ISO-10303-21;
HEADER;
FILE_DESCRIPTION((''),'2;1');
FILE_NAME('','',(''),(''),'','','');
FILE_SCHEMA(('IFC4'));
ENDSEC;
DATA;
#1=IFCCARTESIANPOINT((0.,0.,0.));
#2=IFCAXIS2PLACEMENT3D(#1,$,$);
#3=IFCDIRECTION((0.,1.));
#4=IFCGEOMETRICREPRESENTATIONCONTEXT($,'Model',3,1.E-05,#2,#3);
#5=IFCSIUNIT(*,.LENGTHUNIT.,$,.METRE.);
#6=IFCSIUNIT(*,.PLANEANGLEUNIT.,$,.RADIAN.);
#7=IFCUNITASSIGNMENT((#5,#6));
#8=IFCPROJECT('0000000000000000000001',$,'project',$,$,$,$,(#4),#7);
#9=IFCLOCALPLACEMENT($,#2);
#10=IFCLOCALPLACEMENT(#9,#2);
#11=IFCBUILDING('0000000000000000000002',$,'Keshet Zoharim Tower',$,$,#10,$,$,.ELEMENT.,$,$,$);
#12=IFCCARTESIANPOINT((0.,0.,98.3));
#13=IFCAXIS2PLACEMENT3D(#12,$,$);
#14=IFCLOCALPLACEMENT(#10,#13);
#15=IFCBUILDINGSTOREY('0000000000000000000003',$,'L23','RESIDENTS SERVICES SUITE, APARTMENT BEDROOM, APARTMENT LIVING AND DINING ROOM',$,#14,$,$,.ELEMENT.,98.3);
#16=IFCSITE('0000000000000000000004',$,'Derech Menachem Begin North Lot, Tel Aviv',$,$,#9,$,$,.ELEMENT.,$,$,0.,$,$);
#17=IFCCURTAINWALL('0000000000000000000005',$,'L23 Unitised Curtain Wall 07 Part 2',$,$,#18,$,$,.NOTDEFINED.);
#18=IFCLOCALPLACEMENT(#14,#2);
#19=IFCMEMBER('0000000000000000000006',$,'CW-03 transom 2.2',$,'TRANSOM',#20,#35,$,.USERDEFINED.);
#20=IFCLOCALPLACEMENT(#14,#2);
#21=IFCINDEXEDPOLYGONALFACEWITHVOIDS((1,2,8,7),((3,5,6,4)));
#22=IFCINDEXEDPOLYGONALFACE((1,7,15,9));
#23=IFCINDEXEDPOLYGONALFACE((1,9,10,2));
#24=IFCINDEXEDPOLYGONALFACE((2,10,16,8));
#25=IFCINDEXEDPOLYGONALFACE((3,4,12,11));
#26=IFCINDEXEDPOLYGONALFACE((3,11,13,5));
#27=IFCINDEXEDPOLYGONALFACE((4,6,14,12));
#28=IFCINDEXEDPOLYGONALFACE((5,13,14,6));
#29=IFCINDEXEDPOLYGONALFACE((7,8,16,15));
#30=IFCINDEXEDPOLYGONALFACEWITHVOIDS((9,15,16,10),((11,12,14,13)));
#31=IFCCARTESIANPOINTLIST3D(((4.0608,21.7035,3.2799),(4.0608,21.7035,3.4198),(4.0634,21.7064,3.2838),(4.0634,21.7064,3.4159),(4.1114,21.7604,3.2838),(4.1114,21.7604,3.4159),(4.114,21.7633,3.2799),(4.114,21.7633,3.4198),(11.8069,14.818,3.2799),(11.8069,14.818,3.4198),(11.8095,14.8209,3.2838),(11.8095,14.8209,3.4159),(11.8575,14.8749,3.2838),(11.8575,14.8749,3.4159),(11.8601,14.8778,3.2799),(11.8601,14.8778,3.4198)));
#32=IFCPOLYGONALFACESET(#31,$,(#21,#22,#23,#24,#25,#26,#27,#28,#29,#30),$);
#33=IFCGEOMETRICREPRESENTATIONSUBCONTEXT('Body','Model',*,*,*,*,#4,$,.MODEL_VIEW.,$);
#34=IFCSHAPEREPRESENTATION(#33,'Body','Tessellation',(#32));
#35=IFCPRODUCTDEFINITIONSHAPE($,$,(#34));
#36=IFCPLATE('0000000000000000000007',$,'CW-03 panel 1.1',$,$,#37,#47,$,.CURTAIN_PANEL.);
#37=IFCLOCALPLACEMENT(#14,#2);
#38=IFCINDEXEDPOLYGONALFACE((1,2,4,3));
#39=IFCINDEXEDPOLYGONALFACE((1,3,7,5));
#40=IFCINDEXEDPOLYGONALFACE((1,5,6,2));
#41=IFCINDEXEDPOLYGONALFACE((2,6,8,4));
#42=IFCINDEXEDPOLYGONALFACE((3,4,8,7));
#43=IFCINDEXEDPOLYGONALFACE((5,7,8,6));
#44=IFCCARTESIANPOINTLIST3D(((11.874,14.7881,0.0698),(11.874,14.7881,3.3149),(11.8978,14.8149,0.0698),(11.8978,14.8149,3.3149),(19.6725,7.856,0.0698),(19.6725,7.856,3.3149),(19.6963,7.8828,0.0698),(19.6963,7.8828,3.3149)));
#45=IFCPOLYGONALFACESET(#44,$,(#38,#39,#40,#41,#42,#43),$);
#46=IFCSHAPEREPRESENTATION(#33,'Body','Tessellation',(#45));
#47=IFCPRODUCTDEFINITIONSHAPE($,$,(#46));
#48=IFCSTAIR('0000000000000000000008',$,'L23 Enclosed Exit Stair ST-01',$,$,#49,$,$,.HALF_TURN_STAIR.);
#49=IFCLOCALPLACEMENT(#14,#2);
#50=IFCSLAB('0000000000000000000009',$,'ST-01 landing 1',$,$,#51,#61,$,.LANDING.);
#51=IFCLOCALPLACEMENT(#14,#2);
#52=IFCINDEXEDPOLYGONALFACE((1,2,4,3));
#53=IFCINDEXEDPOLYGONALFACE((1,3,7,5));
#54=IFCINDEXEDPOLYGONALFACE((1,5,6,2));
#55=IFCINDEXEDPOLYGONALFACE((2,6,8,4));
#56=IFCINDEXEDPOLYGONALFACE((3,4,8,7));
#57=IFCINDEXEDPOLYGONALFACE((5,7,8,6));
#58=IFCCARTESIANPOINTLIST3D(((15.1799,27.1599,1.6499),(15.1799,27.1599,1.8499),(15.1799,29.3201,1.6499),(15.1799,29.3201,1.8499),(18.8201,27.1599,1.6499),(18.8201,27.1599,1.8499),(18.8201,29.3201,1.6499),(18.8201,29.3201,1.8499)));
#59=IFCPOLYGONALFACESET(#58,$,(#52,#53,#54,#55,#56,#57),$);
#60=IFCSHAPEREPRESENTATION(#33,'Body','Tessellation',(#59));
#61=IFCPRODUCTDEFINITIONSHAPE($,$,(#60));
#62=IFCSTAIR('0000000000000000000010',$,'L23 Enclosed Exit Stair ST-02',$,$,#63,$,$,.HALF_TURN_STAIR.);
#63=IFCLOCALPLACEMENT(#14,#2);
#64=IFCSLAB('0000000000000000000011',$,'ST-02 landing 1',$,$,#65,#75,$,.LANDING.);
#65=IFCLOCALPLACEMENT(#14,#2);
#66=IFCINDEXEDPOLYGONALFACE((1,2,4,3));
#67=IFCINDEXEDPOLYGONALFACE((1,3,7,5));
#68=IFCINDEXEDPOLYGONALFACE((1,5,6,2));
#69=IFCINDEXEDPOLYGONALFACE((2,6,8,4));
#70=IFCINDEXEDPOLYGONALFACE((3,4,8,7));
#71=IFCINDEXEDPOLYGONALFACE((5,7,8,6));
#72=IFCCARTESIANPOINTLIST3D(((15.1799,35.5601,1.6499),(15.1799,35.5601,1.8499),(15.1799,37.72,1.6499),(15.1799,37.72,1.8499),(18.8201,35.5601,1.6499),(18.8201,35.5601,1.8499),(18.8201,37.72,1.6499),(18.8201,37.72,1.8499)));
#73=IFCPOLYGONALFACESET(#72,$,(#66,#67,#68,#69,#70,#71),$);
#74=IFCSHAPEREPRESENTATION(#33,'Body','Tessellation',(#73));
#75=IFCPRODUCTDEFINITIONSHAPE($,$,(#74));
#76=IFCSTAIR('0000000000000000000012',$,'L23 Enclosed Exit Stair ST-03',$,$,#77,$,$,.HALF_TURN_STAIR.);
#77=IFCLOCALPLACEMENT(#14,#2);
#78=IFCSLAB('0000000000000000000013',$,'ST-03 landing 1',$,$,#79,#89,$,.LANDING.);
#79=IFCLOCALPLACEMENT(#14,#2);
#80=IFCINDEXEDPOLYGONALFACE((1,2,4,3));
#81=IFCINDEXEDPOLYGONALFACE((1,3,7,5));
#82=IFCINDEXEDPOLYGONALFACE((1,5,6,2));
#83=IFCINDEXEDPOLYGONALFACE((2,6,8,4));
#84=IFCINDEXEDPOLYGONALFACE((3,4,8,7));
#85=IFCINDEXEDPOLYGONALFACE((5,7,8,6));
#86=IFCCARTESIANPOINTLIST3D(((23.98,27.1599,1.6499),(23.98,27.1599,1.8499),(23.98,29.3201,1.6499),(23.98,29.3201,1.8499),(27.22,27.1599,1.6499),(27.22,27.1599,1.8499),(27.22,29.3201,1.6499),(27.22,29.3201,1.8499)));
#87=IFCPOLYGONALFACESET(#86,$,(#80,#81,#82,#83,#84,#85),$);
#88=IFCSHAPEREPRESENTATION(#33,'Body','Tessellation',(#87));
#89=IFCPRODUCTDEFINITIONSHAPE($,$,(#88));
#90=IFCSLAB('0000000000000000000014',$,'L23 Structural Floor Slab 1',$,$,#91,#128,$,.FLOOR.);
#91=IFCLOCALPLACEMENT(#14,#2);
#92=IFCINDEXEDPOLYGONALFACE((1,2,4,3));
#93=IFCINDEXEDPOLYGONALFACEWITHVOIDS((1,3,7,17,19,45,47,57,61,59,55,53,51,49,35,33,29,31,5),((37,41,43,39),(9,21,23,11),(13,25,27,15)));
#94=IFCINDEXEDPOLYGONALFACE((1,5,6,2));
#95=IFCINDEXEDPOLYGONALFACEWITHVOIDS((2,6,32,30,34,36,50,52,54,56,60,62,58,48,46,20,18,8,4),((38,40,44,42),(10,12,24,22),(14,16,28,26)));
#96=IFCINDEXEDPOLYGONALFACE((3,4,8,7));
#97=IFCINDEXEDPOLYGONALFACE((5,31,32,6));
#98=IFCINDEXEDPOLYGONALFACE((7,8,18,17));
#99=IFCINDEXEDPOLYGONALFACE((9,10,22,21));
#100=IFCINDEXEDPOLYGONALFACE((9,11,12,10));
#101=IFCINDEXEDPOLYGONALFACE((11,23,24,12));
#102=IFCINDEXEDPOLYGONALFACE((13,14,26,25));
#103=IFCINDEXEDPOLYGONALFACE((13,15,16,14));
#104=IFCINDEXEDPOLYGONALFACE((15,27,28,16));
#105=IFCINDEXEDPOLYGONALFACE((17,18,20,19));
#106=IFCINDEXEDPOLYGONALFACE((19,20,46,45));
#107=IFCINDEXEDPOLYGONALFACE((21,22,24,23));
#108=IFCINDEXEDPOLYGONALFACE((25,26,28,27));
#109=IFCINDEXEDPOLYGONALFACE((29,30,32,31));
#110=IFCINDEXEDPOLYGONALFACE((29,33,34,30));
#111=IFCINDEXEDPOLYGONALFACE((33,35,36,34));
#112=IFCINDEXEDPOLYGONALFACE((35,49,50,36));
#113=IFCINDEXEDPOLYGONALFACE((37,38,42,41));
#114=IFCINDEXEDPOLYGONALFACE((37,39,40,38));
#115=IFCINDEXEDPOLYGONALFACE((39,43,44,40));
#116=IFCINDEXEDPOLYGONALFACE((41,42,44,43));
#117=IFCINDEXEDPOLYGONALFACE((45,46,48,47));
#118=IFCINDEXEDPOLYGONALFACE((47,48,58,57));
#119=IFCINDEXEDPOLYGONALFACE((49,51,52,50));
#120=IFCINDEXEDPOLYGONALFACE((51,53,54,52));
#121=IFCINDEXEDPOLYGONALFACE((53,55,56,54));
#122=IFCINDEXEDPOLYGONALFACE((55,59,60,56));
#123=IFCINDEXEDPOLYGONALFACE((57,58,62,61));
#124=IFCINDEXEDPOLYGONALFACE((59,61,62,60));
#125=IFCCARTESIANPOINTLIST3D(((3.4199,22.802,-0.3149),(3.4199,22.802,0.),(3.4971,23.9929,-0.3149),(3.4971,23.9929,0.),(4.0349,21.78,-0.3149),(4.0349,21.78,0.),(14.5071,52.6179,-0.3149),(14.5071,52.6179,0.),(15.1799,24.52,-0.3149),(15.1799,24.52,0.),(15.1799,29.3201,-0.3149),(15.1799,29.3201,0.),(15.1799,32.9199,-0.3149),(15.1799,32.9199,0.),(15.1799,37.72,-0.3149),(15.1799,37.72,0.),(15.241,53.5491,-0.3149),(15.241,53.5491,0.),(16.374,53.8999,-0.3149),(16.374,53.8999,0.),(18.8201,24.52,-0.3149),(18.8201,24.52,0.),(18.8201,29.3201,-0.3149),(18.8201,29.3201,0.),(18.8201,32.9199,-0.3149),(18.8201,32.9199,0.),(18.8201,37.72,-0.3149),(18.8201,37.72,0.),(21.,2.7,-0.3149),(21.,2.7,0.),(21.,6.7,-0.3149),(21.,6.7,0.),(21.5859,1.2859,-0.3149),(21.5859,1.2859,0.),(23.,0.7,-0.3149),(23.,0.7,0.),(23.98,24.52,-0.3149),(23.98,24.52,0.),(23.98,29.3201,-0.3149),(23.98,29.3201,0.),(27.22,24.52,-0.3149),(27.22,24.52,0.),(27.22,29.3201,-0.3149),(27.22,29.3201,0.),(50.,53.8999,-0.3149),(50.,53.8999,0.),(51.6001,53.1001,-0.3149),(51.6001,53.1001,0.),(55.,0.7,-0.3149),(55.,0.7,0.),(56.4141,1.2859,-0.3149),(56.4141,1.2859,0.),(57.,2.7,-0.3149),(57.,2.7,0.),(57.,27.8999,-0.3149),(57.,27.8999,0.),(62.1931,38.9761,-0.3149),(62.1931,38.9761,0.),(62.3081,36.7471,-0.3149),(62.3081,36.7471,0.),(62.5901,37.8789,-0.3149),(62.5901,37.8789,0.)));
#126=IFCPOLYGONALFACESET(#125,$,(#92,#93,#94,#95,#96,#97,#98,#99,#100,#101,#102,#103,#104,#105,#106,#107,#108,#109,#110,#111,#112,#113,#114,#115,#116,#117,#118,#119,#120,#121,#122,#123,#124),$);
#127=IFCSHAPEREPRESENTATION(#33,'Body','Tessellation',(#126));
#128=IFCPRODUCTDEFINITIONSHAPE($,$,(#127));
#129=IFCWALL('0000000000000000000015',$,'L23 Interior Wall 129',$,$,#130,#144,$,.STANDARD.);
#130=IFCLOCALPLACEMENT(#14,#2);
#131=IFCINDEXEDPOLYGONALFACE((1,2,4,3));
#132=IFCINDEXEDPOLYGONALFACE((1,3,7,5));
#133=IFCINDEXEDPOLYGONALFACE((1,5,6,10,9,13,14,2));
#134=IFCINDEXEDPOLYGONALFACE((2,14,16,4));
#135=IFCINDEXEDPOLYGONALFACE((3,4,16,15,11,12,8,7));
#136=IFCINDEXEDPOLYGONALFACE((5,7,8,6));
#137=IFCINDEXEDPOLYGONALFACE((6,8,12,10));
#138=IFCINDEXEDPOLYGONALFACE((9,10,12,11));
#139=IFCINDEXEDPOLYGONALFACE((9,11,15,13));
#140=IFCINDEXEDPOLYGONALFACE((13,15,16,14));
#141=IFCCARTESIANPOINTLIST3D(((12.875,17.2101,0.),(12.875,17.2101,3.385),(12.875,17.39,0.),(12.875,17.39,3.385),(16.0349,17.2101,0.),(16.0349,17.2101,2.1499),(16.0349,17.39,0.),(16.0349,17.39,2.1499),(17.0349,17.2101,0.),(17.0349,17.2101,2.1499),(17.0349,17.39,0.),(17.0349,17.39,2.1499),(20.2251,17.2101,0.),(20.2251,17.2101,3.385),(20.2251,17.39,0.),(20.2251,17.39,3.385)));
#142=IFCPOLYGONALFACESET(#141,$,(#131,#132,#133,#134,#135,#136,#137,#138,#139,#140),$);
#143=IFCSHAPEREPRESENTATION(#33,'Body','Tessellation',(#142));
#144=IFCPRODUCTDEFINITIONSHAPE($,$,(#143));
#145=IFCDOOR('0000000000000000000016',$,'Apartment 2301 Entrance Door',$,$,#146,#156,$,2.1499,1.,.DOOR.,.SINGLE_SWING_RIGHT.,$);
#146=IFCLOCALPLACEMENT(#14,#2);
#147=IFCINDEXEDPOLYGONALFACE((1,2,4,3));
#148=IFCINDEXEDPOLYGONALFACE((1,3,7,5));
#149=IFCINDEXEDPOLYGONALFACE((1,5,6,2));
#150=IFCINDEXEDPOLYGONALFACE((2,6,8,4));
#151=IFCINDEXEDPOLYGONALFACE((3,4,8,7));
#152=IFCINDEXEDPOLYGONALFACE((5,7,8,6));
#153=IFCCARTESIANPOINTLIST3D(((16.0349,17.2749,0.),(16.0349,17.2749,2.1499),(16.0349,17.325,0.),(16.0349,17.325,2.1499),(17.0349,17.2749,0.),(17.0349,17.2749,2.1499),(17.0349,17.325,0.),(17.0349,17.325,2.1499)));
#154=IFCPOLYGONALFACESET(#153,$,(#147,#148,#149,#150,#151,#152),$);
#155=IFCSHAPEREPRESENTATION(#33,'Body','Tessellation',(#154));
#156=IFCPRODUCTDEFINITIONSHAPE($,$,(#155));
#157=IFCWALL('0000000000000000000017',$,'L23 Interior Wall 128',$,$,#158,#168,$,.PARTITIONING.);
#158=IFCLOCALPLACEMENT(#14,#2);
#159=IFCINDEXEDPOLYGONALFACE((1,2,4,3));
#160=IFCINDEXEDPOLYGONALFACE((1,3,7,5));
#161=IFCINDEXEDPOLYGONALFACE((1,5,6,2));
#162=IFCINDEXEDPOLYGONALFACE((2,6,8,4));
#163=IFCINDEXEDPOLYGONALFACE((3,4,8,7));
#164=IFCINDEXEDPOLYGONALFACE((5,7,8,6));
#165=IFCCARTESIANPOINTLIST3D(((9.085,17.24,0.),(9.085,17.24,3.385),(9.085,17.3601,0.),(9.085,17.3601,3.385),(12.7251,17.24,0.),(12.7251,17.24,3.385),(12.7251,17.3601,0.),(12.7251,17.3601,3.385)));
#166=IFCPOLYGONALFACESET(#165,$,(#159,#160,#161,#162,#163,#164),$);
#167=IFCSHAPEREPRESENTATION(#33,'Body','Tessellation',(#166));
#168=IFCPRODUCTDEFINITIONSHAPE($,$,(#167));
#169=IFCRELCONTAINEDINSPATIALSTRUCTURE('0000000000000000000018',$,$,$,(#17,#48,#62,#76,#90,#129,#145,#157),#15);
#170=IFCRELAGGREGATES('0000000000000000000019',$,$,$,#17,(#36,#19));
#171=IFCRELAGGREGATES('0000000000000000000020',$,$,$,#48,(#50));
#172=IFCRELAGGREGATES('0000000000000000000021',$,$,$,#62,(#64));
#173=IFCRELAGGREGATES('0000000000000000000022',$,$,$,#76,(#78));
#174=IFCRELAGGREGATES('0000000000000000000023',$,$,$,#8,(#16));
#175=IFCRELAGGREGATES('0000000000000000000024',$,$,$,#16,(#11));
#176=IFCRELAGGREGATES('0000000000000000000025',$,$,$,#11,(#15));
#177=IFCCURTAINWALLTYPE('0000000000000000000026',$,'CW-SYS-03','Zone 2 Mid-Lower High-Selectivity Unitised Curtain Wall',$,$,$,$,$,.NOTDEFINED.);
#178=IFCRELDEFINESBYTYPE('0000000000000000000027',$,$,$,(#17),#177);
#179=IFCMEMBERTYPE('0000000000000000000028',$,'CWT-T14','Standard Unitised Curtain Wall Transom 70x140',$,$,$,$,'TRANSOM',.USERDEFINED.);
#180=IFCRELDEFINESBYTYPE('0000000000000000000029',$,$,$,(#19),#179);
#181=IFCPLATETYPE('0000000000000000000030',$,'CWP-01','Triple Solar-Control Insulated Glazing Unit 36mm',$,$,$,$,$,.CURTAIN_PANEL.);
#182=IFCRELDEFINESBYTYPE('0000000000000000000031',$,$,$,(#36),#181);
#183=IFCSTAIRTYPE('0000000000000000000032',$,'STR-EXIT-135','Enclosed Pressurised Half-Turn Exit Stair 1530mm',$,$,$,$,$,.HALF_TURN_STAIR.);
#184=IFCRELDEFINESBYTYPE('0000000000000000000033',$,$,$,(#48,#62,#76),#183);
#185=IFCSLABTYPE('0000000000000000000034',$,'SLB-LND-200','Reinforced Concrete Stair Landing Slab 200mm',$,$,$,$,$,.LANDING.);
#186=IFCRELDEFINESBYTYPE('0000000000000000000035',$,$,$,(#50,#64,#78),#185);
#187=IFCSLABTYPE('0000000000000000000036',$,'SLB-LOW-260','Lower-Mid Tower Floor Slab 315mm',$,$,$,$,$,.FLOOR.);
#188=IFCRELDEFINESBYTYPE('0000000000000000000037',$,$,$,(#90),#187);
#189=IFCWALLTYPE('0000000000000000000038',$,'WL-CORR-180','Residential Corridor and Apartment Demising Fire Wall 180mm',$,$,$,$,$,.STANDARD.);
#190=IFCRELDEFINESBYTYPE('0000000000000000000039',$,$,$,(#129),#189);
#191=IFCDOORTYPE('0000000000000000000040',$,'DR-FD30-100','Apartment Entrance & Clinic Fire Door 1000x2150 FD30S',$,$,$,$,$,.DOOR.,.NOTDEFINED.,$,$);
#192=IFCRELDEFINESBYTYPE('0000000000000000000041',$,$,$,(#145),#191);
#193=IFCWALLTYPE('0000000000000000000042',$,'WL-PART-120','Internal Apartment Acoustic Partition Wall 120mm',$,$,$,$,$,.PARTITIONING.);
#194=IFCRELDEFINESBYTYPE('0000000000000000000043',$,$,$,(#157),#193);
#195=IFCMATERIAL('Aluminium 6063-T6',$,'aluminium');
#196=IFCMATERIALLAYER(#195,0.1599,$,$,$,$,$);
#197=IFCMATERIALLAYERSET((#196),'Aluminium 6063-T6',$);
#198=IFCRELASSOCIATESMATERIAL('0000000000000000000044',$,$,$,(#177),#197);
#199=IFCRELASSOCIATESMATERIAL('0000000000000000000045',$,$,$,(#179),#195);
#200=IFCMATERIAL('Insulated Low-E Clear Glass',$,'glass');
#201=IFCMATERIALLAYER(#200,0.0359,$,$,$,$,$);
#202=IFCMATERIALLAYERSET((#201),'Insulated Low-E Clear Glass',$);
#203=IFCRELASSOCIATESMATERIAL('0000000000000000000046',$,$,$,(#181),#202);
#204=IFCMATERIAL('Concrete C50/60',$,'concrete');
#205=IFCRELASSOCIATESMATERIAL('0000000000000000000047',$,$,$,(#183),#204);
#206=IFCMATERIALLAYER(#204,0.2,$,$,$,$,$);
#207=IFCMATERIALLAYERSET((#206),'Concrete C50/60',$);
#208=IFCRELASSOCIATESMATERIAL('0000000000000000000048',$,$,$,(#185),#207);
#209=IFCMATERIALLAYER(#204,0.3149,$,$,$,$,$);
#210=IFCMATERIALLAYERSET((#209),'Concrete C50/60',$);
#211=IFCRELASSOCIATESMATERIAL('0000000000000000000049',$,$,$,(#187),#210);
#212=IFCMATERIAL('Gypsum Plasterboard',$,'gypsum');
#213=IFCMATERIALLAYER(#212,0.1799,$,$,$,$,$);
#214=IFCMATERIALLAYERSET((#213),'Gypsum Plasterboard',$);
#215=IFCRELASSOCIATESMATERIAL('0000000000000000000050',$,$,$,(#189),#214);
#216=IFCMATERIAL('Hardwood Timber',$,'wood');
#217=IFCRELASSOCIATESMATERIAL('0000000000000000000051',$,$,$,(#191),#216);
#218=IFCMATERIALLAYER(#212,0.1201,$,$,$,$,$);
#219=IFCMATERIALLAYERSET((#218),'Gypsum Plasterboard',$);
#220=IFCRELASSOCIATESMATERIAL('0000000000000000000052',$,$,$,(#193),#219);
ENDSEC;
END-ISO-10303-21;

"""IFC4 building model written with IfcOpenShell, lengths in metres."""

from ifc_helpers import new_model, si_unit, direction, frame, frame_2d, origin, origin_2d, place, context, subcontext, project, spatial, polyline, rectangle, hollow_rectangle, outline, extrude, material, layer, layer_set, material_profile, profile_set, type_object, element, fill, aggregate, save


model = new_model("IFC4")

# Units and contexts
model_context = context("Model", 3, precision=1e-05, world=origin(), true_north=direction((0.0, 1.0)))
body_context = subcontext(model_context, "Body", "Model", "MODEL_VIEW")
ifc_project = project(units=[si_unit("LENGTHUNIT", "METRE"), si_unit("PLANEANGLEUNIT", "RADIAN")], contexts=[model_context])

# Site, building, storey
site_placement = place(None, origin())
site = spatial("IfcSite", under=ifc_project, at=site_placement, Name="Derech Menachem Begin North Lot, Tel Aviv", CompositionType="ELEMENT", RefElevation=0.0)
building_placement = place(site_placement, origin())
building = spatial("IfcBuilding", under=site, at=building_placement, Name="Keshet Zoharim Tower", CompositionType="ELEMENT")
storey_placement = place(building_placement, frame((0.0, 0.0, 98.3)))
storey = spatial("IfcBuildingStorey", under=building, at=storey_placement, Name="L23", Description="RESIDENTS SERVICES SUITE, APARTMENT BEDROOM, APARTMENT LIVING AND DINING ROOM", CompositionType="ELEMENT", Elevation=98.3)

# Curtain wall, member, plate
ifc_material_1 = material(Name="Aluminium 6063-T6", Category="aluminium")
ifc_layer_1 = layer(ifc_material_1, 0.1599)
ifc_layer_set_1 = layer_set([ifc_layer_1], Name="Aluminium 6063-T6")
curtain_wall_type = type_object("IfcCurtainWallType", Name="CW-SYS-03", Description="Zone 2 Mid-Lower High-Selectivity Unitised Curtain Wall", PredefinedType="NOTDEFINED", material=ifc_layer_set_1)
curtain_wall_placement = place(storey_placement, origin())
curtain_wall = element("IfcCurtainWall", 1, at=curtain_wall_placement, inside=storey, type_object=curtain_wall_type, Name="L23 Unitised Curtain Wall 07 Part 2", PredefinedType="NOTDEFINED")
ifc_material_profile_1 = material_profile(ifc_material_1, hollow_rectangle(XDim=0.0801, YDim=0.1399, WallThickness=0.0039, at=origin_2d()), Name="TRN-80x140")
ifc_profile_set_1 = profile_set([ifc_material_profile_1], Name="Aluminium 6063-T6")
member_type_1 = type_object("IfcMemberType", Name="CWT-T14", Description="Standard Unitised Curtain Wall Transom 70x140", ElementType="TRANSOM", PredefinedType="USERDEFINED", material=ifc_profile_set_1)
member_1_placement = place(storey_placement, frame((11.8335, 14.8479, 3.3499), z_axis=(-0.747405, 0.664368, 0.0), x_axis=(-0.664368, -0.747405, 0.0)))
member_1 = element("IfcMember", 2, at=member_1_placement, type_object=member_type_1, Name="CW-03 transom 2.2", ObjectType="TRANSOM", PredefinedType="USERDEFINED", context=body_context, shape_type="SweptSolid", body=[
    extrude(hollow_rectangle(XDim=0.0801, YDim=0.1399, WallThickness=0.0039, at=origin_2d()), origin(), (0.0, 0.0, 1.0), 10.364),
])
ifc_material_2 = material(Name="Insulated Low-E Clear Glass", Category="glass")
ifc_layer_2 = layer(ifc_material_2, 0.0359)
ifc_layer_set_2 = layer_set([ifc_layer_2], Name="Insulated Low-E Clear Glass")
plate_type = type_object("IfcPlateType", Name="CWP-01", Description="Triple Solar-Control Insulated Glazing Unit 36mm", PredefinedType="CURTAIN_PANEL", material=ifc_layer_set_2)
plate_placement = place(storey_placement, frame((15.7852, 11.3354, 0.0698), z_axis=(0.0, 0.0, 1.0), x_axis=(-0.747409, 0.664364, 0.0)))
plate = element("IfcPlate", 3, at=plate_placement, type_object=plate_type, Name="CW-03 panel 1.1", PredefinedType="CURTAIN_PANEL", context=body_context, shape_type="SweptSolid", body=[
    extrude(rectangle(XDim=10.4341, YDim=0.0359, at=origin_2d()), origin(), (0.0, 0.0, 1.0), 3.2451),
])
aggregate(curtain_wall, [plate, member_1])

# Stairs, slabs
ifc_material_3 = material(Name="Concrete C50/60", Category="concrete")
stair_type = type_object("IfcStairType", Name="STR-EXIT-135", Description="Enclosed Pressurised Half-Turn Exit Stair 1530mm", PredefinedType="HALF_TURN_STAIR", material=ifc_material_3)
stair_1_placement = place(storey_placement, origin())
stair_1 = element("IfcStair", 4, at=stair_1_placement, inside=storey, type_object=stair_type, Name="L23 Enclosed Exit Stair ST-01", PredefinedType="HALF_TURN_STAIR")
ifc_layer_3 = layer(ifc_material_3, 0.2)
ifc_layer_set_3 = layer_set([ifc_layer_3], Name="Concrete C50/60")
slab_type_1 = type_object("IfcSlabType", Name="SLB-LND-200", Description="Reinforced Concrete Stair Landing Slab 200mm", PredefinedType="LANDING", material=ifc_layer_set_3)
slab_1_placement = place(storey_placement, frame((0.0, 0.0, 1.6499)))
slab_1 = element("IfcSlab", 5, at=slab_1_placement, type_object=slab_type_1, Name="ST-01 landing 1", PredefinedType="LANDING", context=body_context, shape_type="SweptSolid", body=[
    extrude(outline(polyline([(15.1799, 27.1599), (18.8201, 27.1599), (18.8201, 29.3201), (15.1799, 29.3201), (15.1799, 27.1599)])), origin(), (0.0, 0.0, 1.0), 0.2),
])
aggregate(stair_1, [slab_1])
stair_2_placement = place(storey_placement, origin())
stair_2 = element("IfcStair", 6, at=stair_2_placement, inside=storey, type_object=stair_type, Name="L23 Enclosed Exit Stair ST-02", PredefinedType="HALF_TURN_STAIR")
slab_2_placement = place(storey_placement, frame((0.0, 0.0, 1.6499)))
slab_2 = element("IfcSlab", 7, at=slab_2_placement, type_object=slab_type_1, Name="ST-02 landing 1", PredefinedType="LANDING", context=body_context, shape_type="SweptSolid", body=[
    extrude(outline(polyline([(15.1799, 35.5601), (18.8201, 35.5601), (18.8201, 37.72), (15.1799, 37.72), (15.1799, 35.5601)])), origin(), (0.0, 0.0, 1.0), 0.2),
])
aggregate(stair_2, [slab_2])
stair_3_placement = place(storey_placement, origin())
stair_3 = element("IfcStair", 8, at=stair_3_placement, inside=storey, type_object=stair_type, Name="L23 Enclosed Exit Stair ST-03", PredefinedType="HALF_TURN_STAIR")
slab_3_placement = place(storey_placement, frame((0.0, 0.0, 1.6499)))
slab_3 = element("IfcSlab", 9, at=slab_3_placement, type_object=slab_type_1, Name="ST-03 landing 1", PredefinedType="LANDING", context=body_context, shape_type="SweptSolid", body=[
    extrude(outline(polyline([(23.98, 27.1599), (27.22, 27.1599), (27.22, 29.3201), (23.98, 29.3201), (23.98, 27.1599)])), origin(), (0.0, 0.0, 1.0), 0.2),
])
aggregate(stair_3, [slab_3])

# Slab
ifc_layer_4 = layer(ifc_material_3, 0.3149)
ifc_layer_set_4 = layer_set([ifc_layer_4], Name="Concrete C50/60")
slab_type_2 = type_object("IfcSlabType", Name="SLB-LOW-260", Description="Lower-Mid Tower Floor Slab 315mm", PredefinedType="FLOOR", material=ifc_layer_set_4)
slab_4_placement = place(storey_placement, frame((0.0, 0.0, -0.3149)))
element("IfcSlab", 10, at=slab_4_placement, inside=storey, type_object=slab_type_2, Name="L23 Structural Floor Slab 1", PredefinedType="FLOOR", context=body_context, shape_type="SweptSolid", body=[
    extrude(outline(polyline([(57.0, 2.7), (56.4141, 1.2859), (55.0, 0.7), (23.0, 0.7), (21.5859, 1.2859), (21.0, 2.7), (21.0, 6.7), (4.0349, 21.78), (3.4199, 22.802), (3.4971, 23.9929), (14.5071, 52.6179), (15.241, 53.5491), (16.374, 53.8999), (50.0, 53.8999), (51.6001, 53.1001), (62.1931, 38.9761), (62.5901, 37.8789), (62.3081, 36.7471), (57.0, 27.8999), (57.0, 2.7)]), holes=[polyline([(15.1799, 24.52), (18.8201, 24.52), (18.8201, 29.3201), (15.1799, 29.3201), (15.1799, 24.52)]), polyline([(15.1799, 32.9199), (18.8201, 32.9199), (18.8201, 37.72), (15.1799, 37.72), (15.1799, 32.9199)]), polyline([(23.98, 24.52), (27.22, 24.52), (27.22, 29.3201), (23.98, 29.3201), (23.98, 24.52)])]), origin(), (0.0, 0.0, 1.0), 0.3149),
])

# Wall, opening, door
ifc_material_4 = material(Name="Gypsum Plasterboard", Category="gypsum")
ifc_layer_5 = layer(ifc_material_4, 0.1799)
ifc_layer_set_5 = layer_set([ifc_layer_5], Name="Gypsum Plasterboard")
wall_type_1 = type_object("IfcWallType", Name="WL-CORR-180", Description="Residential Corridor and Apartment Demising Fire Wall 180mm", PredefinedType="STANDARD", material=ifc_layer_set_5)
ifc_material_5 = material(Name="Hardwood Timber", Category="wood")
door_type = type_object("IfcDoorType", Name="DR-FD30-100", Description="Apartment Entrance & Clinic Fire Door 1000x2150 FD30S", OperationType="NOTDEFINED", PredefinedType="DOOR", material=ifc_material_5)
wall_1_placement = place(storey_placement, frame((12.875, 17.3, 0.0), z_axis=(0.0, 0.0, 1.0), x_axis=(1.0, 0.0, 0.0)))
wall_1 = element("IfcWall", 11, at=wall_1_placement, inside=storey, type_object=wall_type_1, Name="L23 Interior Wall 129", PredefinedType="STANDARD", context=body_context, shape_type="SweptSolid", body=[
    extrude(rectangle(XDim=7.3501, YDim=0.1799, at=frame_2d((3.675, 0.0))), origin(), (0.0, 0.0, 1.0), 3.385),
])
opening_1_placement = place(wall_1_placement, frame((3.1599, 0.0, 0.0)))
opening_1 = element("IfcOpeningElement", 12, at=opening_1_placement, cuts=wall_1, PredefinedType="OPENING", context=body_context, shape_type="SweptSolid", body=[
    extrude(rectangle(XDim=1.0, YDim=2.1499, at=frame_2d((0.5, 1.075))), frame((0.0, 0.1001, 0.0), z_axis=(0.0, -1.0, 0.0), x_axis=(1.0, 0.0, 0.0)), (0.0, 0.0, 1.0), 0.2),
])
door_1_placement = place(opening_1_placement, origin())
door_1 = element("IfcDoor", 13, at=door_1_placement, inside=storey, type_object=door_type, Name="Apartment 2301 Entrance Door", OperationType="SINGLE_SWING_RIGHT", OverallHeight=2.1499, OverallWidth=1.0, PredefinedType="DOOR", context=body_context, shape_type="SweptSolid", body=[
    extrude(rectangle(XDim=1.0, YDim=2.1499, at=frame_2d((0.5, 1.075))), frame((0.0, 0.0249, 0.0), z_axis=(0.0, -1.0, 0.0), x_axis=(1.0, 0.0, 0.0)), (0.0, 0.0, 1.0), 0.05),
])
fill(opening_1, door_1)

# Wall
ifc_layer_6 = layer(ifc_material_4, 0.1201)
ifc_layer_set_6 = layer_set([ifc_layer_6], Name="Gypsum Plasterboard")
wall_type_2 = type_object("IfcWallType", Name="WL-PART-120", Description="Internal Apartment Acoustic Partition Wall 120mm", PredefinedType="PARTITIONING", material=ifc_layer_set_6)
wall_2_placement = place(storey_placement, frame((9.085, 17.3, 0.0), z_axis=(0.0, 0.0, 1.0), x_axis=(1.0, 0.0, 0.0)))
element("IfcWall", 14, at=wall_2_placement, inside=storey, type_object=wall_type_2, Name="L23 Interior Wall 128", PredefinedType="PARTITIONING", context=body_context, shape_type="SweptSolid", body=[
    extrude(rectangle(XDim=3.6401, YDim=0.1201, at=frame_2d((1.8201, 0.0))), origin(), (0.0, 0.0, 1.0), 3.385),
])

save(model, "model.ifc")
